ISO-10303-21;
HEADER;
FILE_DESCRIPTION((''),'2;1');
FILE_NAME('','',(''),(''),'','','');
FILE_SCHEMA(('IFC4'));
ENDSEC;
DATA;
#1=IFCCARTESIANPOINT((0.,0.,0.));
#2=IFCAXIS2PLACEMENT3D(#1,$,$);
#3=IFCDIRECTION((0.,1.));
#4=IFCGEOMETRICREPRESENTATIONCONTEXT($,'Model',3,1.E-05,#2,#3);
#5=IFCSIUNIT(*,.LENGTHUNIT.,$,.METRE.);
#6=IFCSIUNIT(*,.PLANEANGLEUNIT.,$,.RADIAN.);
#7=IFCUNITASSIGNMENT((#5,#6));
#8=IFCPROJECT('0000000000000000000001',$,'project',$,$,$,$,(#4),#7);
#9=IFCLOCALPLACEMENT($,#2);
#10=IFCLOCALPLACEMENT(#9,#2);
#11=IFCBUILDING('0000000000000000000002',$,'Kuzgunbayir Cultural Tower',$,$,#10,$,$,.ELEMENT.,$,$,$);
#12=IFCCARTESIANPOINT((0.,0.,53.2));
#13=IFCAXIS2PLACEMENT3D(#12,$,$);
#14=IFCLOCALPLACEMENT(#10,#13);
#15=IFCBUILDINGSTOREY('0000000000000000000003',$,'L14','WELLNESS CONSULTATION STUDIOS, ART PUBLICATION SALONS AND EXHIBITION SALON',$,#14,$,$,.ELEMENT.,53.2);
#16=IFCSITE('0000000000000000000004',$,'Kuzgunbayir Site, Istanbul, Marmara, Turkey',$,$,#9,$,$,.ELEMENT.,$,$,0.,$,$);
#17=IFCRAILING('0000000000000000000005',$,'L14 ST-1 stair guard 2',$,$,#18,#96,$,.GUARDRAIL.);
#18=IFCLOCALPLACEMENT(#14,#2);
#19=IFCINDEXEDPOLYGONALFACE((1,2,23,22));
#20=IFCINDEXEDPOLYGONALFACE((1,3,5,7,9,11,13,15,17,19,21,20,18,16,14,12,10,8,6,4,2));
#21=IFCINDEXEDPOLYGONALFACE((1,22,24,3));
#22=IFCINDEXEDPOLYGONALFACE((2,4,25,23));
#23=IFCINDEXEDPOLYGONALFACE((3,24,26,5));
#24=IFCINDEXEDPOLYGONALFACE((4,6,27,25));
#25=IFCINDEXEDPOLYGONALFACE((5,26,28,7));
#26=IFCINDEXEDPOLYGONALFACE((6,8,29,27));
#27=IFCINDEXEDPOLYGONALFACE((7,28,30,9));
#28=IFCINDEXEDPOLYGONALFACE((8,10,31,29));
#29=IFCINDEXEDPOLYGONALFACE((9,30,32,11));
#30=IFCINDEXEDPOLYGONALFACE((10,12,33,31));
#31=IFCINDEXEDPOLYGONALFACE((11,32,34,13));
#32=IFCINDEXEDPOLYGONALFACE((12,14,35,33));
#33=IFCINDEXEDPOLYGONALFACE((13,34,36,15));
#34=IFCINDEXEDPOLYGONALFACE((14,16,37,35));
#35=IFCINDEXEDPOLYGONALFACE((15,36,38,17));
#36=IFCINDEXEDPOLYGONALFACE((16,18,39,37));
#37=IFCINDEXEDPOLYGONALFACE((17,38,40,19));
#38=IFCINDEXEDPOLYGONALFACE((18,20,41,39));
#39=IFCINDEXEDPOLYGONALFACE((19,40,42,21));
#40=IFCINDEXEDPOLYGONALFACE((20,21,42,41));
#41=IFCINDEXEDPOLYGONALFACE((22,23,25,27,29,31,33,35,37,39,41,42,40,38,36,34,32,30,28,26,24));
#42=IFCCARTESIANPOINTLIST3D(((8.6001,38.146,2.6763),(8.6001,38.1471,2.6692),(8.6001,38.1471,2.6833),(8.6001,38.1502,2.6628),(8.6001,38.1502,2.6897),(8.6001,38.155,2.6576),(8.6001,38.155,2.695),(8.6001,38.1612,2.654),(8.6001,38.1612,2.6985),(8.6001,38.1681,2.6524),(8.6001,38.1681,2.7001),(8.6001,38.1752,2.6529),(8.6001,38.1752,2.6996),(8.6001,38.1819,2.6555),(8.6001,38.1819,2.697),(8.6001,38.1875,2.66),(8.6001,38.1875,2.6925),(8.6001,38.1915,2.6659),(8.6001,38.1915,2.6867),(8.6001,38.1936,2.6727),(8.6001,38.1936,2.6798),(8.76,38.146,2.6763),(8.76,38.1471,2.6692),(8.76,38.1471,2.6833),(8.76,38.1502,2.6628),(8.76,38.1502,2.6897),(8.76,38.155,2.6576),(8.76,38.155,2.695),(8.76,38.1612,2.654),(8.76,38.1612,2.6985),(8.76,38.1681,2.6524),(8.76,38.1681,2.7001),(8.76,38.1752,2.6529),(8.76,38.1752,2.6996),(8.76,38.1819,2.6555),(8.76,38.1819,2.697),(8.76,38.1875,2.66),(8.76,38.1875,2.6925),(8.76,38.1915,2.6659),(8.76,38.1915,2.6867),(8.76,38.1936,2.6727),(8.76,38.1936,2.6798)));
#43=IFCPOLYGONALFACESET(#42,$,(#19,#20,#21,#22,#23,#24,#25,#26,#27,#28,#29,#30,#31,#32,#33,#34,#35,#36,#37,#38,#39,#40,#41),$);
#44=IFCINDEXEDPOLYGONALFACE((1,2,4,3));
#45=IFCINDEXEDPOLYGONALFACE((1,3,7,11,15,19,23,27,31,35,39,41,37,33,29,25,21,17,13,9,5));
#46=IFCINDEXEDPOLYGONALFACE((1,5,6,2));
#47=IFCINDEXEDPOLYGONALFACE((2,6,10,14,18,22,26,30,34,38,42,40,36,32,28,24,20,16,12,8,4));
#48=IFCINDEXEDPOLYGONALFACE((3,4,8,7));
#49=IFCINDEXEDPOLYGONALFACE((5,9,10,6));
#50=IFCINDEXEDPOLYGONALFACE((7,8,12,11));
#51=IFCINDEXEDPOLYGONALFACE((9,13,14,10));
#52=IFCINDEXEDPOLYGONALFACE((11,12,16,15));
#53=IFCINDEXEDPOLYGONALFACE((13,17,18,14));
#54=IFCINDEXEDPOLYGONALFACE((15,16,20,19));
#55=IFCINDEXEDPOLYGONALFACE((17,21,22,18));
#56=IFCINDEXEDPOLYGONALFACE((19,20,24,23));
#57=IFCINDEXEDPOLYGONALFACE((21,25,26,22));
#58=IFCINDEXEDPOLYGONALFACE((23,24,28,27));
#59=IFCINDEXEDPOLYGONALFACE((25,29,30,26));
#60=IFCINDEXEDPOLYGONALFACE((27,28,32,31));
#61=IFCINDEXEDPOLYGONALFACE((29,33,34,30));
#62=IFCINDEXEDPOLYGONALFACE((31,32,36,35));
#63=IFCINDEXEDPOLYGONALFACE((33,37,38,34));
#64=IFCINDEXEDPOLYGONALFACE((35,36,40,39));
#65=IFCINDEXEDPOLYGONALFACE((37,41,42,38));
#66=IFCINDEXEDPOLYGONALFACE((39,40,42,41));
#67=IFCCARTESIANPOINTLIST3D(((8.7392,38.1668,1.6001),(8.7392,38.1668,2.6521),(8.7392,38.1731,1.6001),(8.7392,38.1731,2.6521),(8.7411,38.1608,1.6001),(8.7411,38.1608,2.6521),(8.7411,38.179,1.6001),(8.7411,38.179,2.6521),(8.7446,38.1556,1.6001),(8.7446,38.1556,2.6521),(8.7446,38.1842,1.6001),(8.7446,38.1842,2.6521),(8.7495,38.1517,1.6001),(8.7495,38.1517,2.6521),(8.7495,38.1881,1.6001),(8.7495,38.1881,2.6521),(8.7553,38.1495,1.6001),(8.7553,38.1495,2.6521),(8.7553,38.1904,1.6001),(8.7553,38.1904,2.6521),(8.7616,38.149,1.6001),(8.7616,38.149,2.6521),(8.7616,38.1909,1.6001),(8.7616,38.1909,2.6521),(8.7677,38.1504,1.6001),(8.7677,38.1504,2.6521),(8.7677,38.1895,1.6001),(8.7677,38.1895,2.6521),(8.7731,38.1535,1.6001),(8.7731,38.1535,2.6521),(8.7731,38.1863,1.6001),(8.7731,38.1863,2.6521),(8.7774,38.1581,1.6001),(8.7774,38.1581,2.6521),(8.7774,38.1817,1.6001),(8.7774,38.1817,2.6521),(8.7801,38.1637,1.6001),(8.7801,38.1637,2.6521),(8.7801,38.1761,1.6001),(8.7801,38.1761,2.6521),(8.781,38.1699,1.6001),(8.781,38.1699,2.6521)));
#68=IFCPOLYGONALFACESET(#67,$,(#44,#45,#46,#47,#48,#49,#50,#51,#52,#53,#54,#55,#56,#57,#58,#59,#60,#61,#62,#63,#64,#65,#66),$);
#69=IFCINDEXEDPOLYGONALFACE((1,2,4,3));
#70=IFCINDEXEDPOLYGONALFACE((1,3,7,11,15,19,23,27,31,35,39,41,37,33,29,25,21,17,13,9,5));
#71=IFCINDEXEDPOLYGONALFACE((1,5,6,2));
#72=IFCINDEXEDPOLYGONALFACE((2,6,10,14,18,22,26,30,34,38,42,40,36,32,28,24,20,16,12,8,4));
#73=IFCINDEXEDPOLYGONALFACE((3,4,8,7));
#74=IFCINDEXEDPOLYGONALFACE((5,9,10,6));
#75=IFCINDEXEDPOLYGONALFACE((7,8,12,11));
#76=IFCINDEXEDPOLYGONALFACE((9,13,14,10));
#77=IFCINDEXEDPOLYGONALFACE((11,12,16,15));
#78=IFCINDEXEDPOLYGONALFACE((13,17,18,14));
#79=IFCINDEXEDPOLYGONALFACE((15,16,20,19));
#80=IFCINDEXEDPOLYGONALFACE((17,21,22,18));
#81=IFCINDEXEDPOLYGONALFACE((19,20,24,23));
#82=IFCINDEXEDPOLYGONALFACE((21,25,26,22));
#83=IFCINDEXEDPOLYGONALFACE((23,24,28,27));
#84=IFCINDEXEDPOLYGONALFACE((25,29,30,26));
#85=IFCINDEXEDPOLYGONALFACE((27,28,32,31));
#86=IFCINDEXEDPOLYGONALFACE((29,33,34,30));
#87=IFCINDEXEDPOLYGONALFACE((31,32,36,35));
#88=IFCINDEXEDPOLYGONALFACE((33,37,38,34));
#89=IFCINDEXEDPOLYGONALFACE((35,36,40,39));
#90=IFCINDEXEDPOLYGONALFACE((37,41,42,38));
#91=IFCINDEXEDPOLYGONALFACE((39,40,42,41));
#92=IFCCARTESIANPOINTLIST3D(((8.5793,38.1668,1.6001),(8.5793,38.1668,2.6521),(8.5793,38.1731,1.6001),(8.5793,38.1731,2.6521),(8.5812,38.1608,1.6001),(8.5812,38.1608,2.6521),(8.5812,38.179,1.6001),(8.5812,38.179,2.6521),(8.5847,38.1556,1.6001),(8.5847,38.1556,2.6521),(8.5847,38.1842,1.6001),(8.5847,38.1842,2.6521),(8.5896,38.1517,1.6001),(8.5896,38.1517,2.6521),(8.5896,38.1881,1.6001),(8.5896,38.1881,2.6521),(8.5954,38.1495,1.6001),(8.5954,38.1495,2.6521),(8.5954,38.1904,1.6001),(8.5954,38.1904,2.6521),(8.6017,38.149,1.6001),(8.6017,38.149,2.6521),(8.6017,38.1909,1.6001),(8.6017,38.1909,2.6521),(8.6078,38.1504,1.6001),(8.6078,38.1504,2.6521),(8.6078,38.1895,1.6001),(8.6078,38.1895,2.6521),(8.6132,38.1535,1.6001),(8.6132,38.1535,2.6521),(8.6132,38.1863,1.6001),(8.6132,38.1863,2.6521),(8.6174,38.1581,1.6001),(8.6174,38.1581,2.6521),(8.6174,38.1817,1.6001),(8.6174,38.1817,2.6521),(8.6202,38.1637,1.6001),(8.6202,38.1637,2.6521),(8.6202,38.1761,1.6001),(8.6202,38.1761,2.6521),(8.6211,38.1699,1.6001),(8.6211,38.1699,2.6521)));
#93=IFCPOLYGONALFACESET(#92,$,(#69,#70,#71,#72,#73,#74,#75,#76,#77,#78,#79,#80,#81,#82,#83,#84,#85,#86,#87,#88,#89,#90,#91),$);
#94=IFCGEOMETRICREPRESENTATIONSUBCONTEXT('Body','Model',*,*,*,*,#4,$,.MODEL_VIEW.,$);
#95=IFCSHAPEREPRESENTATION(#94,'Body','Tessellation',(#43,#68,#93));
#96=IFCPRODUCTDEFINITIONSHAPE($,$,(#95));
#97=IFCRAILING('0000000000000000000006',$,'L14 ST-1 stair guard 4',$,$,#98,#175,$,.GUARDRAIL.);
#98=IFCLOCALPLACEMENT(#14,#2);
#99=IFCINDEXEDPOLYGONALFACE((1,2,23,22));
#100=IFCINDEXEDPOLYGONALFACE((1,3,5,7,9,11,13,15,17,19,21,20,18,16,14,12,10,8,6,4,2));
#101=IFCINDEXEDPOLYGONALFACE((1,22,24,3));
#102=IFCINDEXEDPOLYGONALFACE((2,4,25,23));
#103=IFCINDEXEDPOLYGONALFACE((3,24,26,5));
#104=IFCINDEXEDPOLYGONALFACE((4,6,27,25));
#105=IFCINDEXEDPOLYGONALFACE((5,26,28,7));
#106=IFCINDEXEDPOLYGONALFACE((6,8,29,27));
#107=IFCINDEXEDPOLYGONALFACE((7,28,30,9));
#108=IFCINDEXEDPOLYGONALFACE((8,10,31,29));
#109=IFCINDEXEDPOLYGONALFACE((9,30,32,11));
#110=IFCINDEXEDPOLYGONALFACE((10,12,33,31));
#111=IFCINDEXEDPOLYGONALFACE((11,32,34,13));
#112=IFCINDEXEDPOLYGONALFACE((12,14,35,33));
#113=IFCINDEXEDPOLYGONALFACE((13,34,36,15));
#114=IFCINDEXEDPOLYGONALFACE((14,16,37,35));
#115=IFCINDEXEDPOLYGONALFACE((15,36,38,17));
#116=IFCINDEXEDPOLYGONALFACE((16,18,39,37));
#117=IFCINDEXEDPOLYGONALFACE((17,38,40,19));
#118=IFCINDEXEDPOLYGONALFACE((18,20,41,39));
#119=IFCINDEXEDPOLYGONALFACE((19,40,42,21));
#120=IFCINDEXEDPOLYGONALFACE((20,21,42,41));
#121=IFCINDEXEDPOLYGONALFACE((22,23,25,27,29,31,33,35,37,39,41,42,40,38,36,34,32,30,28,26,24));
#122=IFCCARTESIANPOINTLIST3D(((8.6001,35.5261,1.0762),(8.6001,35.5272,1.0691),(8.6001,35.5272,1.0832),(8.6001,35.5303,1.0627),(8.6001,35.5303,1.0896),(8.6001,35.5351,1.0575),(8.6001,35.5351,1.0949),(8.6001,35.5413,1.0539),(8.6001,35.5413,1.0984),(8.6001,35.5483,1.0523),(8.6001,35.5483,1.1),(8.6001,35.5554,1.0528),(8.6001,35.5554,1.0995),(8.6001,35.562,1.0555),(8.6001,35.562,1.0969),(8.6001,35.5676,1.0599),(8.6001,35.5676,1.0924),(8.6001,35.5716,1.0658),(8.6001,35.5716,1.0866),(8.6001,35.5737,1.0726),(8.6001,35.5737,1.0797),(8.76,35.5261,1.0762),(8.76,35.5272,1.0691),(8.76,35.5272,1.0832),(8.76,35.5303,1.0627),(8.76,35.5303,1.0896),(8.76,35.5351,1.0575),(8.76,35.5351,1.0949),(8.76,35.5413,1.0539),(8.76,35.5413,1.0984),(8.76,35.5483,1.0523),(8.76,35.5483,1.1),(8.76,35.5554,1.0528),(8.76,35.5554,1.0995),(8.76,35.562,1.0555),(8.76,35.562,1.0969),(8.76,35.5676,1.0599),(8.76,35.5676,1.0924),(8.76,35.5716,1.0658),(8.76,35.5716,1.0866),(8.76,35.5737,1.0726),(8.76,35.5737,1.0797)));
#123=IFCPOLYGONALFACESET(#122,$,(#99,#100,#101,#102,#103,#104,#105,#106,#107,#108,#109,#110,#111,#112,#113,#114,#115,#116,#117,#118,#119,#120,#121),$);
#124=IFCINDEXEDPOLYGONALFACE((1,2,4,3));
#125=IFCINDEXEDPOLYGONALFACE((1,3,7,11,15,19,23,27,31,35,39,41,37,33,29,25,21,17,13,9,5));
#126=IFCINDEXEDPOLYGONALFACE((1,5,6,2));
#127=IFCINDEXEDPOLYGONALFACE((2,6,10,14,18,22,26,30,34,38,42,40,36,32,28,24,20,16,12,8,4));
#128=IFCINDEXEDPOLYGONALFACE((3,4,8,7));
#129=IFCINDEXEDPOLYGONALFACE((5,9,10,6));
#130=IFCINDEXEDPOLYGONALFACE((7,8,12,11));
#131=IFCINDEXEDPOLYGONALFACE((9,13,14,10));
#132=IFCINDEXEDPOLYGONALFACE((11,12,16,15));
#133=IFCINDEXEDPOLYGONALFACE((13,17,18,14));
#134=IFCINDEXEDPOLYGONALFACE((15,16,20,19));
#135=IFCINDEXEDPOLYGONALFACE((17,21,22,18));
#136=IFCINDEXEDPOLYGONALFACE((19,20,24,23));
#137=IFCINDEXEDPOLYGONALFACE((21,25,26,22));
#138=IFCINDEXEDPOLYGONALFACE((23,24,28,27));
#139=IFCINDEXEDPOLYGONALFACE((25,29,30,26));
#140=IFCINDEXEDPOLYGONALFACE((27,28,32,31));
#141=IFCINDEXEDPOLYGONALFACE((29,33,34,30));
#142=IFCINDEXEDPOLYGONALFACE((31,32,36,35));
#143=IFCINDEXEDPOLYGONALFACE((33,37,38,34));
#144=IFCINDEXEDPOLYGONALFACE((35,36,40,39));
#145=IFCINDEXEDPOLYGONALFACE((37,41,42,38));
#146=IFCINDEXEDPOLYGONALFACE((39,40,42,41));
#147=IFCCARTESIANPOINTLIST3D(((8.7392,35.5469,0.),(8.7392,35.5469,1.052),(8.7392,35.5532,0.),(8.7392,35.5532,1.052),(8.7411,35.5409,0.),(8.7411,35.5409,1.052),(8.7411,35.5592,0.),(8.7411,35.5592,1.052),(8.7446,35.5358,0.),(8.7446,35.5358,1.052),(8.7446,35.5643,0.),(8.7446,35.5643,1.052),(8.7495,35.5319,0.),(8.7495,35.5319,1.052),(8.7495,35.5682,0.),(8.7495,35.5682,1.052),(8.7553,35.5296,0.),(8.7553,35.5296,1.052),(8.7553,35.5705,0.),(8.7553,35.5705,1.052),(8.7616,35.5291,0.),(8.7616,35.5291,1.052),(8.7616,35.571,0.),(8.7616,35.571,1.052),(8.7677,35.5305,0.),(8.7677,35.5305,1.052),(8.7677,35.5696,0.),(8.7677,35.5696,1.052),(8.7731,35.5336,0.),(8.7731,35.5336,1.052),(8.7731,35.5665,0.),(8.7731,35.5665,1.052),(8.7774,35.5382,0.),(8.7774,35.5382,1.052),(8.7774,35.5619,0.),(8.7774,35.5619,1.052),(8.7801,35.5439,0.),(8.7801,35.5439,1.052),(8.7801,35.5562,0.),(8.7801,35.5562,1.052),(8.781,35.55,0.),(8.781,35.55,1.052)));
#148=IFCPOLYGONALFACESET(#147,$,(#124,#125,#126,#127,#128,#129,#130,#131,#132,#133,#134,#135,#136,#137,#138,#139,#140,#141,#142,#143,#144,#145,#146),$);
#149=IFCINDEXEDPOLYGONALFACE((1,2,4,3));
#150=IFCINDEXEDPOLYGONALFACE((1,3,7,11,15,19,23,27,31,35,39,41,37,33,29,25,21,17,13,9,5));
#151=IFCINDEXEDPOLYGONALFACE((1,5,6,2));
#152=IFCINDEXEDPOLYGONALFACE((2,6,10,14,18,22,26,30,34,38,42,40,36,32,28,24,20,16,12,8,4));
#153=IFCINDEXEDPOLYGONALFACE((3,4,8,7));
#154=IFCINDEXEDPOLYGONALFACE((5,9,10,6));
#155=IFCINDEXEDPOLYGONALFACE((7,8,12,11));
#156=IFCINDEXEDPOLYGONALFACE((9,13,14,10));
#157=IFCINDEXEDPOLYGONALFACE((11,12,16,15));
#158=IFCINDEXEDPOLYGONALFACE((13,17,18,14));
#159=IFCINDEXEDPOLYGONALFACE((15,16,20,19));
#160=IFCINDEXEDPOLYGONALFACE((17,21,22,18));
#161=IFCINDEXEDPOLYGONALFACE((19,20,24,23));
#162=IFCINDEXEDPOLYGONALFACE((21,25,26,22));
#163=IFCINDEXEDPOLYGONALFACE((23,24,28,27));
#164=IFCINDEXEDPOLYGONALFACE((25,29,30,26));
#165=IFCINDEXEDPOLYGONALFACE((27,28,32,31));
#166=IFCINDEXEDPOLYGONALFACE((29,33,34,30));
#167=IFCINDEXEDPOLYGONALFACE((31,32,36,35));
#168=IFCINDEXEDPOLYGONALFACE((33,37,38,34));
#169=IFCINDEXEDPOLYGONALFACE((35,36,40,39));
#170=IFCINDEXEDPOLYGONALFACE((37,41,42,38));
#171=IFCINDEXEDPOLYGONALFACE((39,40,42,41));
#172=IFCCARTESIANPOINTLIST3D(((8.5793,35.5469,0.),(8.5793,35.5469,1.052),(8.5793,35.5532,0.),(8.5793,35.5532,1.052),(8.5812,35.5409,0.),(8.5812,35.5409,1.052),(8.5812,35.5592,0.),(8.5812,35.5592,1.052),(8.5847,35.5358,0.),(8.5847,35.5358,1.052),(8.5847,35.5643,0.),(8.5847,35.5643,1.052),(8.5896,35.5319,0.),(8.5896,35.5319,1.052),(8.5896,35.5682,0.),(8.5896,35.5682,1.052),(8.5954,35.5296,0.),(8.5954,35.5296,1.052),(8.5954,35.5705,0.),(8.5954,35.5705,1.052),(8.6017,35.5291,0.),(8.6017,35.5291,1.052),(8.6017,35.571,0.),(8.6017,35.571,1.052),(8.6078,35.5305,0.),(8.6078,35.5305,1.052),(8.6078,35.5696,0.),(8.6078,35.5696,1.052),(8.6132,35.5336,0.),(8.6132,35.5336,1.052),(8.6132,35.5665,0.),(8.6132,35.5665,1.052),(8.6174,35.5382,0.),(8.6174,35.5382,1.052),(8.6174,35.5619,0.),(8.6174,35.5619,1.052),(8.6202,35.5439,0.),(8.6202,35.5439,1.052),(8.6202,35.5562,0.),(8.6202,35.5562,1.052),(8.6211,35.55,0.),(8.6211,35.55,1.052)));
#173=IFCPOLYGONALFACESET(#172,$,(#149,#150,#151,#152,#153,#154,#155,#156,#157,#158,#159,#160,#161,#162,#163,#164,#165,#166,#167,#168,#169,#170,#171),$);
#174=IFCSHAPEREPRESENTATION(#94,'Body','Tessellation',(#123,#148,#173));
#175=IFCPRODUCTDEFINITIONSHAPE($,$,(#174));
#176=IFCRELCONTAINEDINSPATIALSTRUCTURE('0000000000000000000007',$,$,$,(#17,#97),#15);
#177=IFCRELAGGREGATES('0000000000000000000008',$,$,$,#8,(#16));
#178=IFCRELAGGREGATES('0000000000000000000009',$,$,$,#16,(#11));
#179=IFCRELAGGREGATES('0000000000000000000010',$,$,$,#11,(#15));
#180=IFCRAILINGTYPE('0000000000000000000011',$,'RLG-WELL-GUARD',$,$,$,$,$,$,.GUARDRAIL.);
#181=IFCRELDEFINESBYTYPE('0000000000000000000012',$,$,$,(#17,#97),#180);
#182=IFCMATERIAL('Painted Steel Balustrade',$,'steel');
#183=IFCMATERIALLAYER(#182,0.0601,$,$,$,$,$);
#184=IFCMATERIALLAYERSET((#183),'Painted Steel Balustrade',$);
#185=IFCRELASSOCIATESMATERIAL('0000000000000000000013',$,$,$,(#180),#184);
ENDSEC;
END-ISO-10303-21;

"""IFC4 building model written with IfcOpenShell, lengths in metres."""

from ifc_helpers import new_model, si_unit, direction, frame, origin, origin_2d, place, context, subcontext, project, spatial, circle, extrude, material, layer, layer_set, type_object, element, save


model = new_model("IFC4")

# Units and contexts
model_context = context("Model", 3, precision=1e-05, world=origin(), true_north=direction((0.0, 1.0)))
body_context = subcontext(model_context, "Body", "Model", "MODEL_VIEW")
ifc_project = project(units=[si_unit("LENGTHUNIT", "METRE"), si_unit("PLANEANGLEUNIT", "RADIAN")], contexts=[model_context])

# Site, building, storey
site_placement = place(None, origin())
site = spatial("IfcSite", under=ifc_project, at=site_placement, Name="Kuzgunbayir Site, Istanbul, Marmara, Turkey", CompositionType="ELEMENT", RefElevation=0.0)
building_placement = place(site_placement, origin())
building = spatial("IfcBuilding", under=site, at=building_placement, Name="Kuzgunbayir Cultural Tower", CompositionType="ELEMENT")
storey_placement = place(building_placement, frame((0.0, 0.0, 53.2)))
storey = spatial("IfcBuildingStorey", under=building, at=storey_placement, Name="L14", Description="WELLNESS CONSULTATION STUDIOS, ART PUBLICATION SALONS AND EXHIBITION SALON", CompositionType="ELEMENT", Elevation=53.2)

# Railings
ifc_material_1 = material(Name="Painted Steel Balustrade", Category="steel")
ifc_layer_1 = layer(ifc_material_1, 0.0601)
ifc_layer_set_1 = layer_set([ifc_layer_1], Name="Painted Steel Balustrade")
railing_type_1 = type_object("IfcRailingType", Name="RLG-WELL-GUARD", PredefinedType="GUARDRAIL", material=ifc_layer_set_1)
for number, where, name in (
    (1, (8.76, 38.1699, 1.6001), "L14 ST-1 stair guard 2"),
    (2, (8.76, 35.55, 0.0), "L14 ST-1 stair guard 4"),
):
    element("IfcRailing", number, at=place(storey_placement, frame(where)), inside=storey, type_object=railing_type_1, Name=name, PredefinedType="GUARDRAIL", context=body_context, shape_type="SweptSolid", body=[
        extrude(circle(Radius=0.0239, at=origin_2d()), frame((0.0, 0.0, 1.0762), z_axis=(-1.0, 0.0, 0.0), x_axis=(0.0, -1.0, 0.0)), (0.0, 0.0, 1.0), 0.1599),
        extrude(circle(Radius=0.021, at=origin_2d()), origin(), (0.0, 0.0, 1.0), 1.052),
        extrude(circle(Radius=0.021, at=origin_2d()), frame((-0.1599, 0.0, 0.0)), (0.0, 0.0, 1.0), 1.052),
    ])

save(model, "model.ifc")
